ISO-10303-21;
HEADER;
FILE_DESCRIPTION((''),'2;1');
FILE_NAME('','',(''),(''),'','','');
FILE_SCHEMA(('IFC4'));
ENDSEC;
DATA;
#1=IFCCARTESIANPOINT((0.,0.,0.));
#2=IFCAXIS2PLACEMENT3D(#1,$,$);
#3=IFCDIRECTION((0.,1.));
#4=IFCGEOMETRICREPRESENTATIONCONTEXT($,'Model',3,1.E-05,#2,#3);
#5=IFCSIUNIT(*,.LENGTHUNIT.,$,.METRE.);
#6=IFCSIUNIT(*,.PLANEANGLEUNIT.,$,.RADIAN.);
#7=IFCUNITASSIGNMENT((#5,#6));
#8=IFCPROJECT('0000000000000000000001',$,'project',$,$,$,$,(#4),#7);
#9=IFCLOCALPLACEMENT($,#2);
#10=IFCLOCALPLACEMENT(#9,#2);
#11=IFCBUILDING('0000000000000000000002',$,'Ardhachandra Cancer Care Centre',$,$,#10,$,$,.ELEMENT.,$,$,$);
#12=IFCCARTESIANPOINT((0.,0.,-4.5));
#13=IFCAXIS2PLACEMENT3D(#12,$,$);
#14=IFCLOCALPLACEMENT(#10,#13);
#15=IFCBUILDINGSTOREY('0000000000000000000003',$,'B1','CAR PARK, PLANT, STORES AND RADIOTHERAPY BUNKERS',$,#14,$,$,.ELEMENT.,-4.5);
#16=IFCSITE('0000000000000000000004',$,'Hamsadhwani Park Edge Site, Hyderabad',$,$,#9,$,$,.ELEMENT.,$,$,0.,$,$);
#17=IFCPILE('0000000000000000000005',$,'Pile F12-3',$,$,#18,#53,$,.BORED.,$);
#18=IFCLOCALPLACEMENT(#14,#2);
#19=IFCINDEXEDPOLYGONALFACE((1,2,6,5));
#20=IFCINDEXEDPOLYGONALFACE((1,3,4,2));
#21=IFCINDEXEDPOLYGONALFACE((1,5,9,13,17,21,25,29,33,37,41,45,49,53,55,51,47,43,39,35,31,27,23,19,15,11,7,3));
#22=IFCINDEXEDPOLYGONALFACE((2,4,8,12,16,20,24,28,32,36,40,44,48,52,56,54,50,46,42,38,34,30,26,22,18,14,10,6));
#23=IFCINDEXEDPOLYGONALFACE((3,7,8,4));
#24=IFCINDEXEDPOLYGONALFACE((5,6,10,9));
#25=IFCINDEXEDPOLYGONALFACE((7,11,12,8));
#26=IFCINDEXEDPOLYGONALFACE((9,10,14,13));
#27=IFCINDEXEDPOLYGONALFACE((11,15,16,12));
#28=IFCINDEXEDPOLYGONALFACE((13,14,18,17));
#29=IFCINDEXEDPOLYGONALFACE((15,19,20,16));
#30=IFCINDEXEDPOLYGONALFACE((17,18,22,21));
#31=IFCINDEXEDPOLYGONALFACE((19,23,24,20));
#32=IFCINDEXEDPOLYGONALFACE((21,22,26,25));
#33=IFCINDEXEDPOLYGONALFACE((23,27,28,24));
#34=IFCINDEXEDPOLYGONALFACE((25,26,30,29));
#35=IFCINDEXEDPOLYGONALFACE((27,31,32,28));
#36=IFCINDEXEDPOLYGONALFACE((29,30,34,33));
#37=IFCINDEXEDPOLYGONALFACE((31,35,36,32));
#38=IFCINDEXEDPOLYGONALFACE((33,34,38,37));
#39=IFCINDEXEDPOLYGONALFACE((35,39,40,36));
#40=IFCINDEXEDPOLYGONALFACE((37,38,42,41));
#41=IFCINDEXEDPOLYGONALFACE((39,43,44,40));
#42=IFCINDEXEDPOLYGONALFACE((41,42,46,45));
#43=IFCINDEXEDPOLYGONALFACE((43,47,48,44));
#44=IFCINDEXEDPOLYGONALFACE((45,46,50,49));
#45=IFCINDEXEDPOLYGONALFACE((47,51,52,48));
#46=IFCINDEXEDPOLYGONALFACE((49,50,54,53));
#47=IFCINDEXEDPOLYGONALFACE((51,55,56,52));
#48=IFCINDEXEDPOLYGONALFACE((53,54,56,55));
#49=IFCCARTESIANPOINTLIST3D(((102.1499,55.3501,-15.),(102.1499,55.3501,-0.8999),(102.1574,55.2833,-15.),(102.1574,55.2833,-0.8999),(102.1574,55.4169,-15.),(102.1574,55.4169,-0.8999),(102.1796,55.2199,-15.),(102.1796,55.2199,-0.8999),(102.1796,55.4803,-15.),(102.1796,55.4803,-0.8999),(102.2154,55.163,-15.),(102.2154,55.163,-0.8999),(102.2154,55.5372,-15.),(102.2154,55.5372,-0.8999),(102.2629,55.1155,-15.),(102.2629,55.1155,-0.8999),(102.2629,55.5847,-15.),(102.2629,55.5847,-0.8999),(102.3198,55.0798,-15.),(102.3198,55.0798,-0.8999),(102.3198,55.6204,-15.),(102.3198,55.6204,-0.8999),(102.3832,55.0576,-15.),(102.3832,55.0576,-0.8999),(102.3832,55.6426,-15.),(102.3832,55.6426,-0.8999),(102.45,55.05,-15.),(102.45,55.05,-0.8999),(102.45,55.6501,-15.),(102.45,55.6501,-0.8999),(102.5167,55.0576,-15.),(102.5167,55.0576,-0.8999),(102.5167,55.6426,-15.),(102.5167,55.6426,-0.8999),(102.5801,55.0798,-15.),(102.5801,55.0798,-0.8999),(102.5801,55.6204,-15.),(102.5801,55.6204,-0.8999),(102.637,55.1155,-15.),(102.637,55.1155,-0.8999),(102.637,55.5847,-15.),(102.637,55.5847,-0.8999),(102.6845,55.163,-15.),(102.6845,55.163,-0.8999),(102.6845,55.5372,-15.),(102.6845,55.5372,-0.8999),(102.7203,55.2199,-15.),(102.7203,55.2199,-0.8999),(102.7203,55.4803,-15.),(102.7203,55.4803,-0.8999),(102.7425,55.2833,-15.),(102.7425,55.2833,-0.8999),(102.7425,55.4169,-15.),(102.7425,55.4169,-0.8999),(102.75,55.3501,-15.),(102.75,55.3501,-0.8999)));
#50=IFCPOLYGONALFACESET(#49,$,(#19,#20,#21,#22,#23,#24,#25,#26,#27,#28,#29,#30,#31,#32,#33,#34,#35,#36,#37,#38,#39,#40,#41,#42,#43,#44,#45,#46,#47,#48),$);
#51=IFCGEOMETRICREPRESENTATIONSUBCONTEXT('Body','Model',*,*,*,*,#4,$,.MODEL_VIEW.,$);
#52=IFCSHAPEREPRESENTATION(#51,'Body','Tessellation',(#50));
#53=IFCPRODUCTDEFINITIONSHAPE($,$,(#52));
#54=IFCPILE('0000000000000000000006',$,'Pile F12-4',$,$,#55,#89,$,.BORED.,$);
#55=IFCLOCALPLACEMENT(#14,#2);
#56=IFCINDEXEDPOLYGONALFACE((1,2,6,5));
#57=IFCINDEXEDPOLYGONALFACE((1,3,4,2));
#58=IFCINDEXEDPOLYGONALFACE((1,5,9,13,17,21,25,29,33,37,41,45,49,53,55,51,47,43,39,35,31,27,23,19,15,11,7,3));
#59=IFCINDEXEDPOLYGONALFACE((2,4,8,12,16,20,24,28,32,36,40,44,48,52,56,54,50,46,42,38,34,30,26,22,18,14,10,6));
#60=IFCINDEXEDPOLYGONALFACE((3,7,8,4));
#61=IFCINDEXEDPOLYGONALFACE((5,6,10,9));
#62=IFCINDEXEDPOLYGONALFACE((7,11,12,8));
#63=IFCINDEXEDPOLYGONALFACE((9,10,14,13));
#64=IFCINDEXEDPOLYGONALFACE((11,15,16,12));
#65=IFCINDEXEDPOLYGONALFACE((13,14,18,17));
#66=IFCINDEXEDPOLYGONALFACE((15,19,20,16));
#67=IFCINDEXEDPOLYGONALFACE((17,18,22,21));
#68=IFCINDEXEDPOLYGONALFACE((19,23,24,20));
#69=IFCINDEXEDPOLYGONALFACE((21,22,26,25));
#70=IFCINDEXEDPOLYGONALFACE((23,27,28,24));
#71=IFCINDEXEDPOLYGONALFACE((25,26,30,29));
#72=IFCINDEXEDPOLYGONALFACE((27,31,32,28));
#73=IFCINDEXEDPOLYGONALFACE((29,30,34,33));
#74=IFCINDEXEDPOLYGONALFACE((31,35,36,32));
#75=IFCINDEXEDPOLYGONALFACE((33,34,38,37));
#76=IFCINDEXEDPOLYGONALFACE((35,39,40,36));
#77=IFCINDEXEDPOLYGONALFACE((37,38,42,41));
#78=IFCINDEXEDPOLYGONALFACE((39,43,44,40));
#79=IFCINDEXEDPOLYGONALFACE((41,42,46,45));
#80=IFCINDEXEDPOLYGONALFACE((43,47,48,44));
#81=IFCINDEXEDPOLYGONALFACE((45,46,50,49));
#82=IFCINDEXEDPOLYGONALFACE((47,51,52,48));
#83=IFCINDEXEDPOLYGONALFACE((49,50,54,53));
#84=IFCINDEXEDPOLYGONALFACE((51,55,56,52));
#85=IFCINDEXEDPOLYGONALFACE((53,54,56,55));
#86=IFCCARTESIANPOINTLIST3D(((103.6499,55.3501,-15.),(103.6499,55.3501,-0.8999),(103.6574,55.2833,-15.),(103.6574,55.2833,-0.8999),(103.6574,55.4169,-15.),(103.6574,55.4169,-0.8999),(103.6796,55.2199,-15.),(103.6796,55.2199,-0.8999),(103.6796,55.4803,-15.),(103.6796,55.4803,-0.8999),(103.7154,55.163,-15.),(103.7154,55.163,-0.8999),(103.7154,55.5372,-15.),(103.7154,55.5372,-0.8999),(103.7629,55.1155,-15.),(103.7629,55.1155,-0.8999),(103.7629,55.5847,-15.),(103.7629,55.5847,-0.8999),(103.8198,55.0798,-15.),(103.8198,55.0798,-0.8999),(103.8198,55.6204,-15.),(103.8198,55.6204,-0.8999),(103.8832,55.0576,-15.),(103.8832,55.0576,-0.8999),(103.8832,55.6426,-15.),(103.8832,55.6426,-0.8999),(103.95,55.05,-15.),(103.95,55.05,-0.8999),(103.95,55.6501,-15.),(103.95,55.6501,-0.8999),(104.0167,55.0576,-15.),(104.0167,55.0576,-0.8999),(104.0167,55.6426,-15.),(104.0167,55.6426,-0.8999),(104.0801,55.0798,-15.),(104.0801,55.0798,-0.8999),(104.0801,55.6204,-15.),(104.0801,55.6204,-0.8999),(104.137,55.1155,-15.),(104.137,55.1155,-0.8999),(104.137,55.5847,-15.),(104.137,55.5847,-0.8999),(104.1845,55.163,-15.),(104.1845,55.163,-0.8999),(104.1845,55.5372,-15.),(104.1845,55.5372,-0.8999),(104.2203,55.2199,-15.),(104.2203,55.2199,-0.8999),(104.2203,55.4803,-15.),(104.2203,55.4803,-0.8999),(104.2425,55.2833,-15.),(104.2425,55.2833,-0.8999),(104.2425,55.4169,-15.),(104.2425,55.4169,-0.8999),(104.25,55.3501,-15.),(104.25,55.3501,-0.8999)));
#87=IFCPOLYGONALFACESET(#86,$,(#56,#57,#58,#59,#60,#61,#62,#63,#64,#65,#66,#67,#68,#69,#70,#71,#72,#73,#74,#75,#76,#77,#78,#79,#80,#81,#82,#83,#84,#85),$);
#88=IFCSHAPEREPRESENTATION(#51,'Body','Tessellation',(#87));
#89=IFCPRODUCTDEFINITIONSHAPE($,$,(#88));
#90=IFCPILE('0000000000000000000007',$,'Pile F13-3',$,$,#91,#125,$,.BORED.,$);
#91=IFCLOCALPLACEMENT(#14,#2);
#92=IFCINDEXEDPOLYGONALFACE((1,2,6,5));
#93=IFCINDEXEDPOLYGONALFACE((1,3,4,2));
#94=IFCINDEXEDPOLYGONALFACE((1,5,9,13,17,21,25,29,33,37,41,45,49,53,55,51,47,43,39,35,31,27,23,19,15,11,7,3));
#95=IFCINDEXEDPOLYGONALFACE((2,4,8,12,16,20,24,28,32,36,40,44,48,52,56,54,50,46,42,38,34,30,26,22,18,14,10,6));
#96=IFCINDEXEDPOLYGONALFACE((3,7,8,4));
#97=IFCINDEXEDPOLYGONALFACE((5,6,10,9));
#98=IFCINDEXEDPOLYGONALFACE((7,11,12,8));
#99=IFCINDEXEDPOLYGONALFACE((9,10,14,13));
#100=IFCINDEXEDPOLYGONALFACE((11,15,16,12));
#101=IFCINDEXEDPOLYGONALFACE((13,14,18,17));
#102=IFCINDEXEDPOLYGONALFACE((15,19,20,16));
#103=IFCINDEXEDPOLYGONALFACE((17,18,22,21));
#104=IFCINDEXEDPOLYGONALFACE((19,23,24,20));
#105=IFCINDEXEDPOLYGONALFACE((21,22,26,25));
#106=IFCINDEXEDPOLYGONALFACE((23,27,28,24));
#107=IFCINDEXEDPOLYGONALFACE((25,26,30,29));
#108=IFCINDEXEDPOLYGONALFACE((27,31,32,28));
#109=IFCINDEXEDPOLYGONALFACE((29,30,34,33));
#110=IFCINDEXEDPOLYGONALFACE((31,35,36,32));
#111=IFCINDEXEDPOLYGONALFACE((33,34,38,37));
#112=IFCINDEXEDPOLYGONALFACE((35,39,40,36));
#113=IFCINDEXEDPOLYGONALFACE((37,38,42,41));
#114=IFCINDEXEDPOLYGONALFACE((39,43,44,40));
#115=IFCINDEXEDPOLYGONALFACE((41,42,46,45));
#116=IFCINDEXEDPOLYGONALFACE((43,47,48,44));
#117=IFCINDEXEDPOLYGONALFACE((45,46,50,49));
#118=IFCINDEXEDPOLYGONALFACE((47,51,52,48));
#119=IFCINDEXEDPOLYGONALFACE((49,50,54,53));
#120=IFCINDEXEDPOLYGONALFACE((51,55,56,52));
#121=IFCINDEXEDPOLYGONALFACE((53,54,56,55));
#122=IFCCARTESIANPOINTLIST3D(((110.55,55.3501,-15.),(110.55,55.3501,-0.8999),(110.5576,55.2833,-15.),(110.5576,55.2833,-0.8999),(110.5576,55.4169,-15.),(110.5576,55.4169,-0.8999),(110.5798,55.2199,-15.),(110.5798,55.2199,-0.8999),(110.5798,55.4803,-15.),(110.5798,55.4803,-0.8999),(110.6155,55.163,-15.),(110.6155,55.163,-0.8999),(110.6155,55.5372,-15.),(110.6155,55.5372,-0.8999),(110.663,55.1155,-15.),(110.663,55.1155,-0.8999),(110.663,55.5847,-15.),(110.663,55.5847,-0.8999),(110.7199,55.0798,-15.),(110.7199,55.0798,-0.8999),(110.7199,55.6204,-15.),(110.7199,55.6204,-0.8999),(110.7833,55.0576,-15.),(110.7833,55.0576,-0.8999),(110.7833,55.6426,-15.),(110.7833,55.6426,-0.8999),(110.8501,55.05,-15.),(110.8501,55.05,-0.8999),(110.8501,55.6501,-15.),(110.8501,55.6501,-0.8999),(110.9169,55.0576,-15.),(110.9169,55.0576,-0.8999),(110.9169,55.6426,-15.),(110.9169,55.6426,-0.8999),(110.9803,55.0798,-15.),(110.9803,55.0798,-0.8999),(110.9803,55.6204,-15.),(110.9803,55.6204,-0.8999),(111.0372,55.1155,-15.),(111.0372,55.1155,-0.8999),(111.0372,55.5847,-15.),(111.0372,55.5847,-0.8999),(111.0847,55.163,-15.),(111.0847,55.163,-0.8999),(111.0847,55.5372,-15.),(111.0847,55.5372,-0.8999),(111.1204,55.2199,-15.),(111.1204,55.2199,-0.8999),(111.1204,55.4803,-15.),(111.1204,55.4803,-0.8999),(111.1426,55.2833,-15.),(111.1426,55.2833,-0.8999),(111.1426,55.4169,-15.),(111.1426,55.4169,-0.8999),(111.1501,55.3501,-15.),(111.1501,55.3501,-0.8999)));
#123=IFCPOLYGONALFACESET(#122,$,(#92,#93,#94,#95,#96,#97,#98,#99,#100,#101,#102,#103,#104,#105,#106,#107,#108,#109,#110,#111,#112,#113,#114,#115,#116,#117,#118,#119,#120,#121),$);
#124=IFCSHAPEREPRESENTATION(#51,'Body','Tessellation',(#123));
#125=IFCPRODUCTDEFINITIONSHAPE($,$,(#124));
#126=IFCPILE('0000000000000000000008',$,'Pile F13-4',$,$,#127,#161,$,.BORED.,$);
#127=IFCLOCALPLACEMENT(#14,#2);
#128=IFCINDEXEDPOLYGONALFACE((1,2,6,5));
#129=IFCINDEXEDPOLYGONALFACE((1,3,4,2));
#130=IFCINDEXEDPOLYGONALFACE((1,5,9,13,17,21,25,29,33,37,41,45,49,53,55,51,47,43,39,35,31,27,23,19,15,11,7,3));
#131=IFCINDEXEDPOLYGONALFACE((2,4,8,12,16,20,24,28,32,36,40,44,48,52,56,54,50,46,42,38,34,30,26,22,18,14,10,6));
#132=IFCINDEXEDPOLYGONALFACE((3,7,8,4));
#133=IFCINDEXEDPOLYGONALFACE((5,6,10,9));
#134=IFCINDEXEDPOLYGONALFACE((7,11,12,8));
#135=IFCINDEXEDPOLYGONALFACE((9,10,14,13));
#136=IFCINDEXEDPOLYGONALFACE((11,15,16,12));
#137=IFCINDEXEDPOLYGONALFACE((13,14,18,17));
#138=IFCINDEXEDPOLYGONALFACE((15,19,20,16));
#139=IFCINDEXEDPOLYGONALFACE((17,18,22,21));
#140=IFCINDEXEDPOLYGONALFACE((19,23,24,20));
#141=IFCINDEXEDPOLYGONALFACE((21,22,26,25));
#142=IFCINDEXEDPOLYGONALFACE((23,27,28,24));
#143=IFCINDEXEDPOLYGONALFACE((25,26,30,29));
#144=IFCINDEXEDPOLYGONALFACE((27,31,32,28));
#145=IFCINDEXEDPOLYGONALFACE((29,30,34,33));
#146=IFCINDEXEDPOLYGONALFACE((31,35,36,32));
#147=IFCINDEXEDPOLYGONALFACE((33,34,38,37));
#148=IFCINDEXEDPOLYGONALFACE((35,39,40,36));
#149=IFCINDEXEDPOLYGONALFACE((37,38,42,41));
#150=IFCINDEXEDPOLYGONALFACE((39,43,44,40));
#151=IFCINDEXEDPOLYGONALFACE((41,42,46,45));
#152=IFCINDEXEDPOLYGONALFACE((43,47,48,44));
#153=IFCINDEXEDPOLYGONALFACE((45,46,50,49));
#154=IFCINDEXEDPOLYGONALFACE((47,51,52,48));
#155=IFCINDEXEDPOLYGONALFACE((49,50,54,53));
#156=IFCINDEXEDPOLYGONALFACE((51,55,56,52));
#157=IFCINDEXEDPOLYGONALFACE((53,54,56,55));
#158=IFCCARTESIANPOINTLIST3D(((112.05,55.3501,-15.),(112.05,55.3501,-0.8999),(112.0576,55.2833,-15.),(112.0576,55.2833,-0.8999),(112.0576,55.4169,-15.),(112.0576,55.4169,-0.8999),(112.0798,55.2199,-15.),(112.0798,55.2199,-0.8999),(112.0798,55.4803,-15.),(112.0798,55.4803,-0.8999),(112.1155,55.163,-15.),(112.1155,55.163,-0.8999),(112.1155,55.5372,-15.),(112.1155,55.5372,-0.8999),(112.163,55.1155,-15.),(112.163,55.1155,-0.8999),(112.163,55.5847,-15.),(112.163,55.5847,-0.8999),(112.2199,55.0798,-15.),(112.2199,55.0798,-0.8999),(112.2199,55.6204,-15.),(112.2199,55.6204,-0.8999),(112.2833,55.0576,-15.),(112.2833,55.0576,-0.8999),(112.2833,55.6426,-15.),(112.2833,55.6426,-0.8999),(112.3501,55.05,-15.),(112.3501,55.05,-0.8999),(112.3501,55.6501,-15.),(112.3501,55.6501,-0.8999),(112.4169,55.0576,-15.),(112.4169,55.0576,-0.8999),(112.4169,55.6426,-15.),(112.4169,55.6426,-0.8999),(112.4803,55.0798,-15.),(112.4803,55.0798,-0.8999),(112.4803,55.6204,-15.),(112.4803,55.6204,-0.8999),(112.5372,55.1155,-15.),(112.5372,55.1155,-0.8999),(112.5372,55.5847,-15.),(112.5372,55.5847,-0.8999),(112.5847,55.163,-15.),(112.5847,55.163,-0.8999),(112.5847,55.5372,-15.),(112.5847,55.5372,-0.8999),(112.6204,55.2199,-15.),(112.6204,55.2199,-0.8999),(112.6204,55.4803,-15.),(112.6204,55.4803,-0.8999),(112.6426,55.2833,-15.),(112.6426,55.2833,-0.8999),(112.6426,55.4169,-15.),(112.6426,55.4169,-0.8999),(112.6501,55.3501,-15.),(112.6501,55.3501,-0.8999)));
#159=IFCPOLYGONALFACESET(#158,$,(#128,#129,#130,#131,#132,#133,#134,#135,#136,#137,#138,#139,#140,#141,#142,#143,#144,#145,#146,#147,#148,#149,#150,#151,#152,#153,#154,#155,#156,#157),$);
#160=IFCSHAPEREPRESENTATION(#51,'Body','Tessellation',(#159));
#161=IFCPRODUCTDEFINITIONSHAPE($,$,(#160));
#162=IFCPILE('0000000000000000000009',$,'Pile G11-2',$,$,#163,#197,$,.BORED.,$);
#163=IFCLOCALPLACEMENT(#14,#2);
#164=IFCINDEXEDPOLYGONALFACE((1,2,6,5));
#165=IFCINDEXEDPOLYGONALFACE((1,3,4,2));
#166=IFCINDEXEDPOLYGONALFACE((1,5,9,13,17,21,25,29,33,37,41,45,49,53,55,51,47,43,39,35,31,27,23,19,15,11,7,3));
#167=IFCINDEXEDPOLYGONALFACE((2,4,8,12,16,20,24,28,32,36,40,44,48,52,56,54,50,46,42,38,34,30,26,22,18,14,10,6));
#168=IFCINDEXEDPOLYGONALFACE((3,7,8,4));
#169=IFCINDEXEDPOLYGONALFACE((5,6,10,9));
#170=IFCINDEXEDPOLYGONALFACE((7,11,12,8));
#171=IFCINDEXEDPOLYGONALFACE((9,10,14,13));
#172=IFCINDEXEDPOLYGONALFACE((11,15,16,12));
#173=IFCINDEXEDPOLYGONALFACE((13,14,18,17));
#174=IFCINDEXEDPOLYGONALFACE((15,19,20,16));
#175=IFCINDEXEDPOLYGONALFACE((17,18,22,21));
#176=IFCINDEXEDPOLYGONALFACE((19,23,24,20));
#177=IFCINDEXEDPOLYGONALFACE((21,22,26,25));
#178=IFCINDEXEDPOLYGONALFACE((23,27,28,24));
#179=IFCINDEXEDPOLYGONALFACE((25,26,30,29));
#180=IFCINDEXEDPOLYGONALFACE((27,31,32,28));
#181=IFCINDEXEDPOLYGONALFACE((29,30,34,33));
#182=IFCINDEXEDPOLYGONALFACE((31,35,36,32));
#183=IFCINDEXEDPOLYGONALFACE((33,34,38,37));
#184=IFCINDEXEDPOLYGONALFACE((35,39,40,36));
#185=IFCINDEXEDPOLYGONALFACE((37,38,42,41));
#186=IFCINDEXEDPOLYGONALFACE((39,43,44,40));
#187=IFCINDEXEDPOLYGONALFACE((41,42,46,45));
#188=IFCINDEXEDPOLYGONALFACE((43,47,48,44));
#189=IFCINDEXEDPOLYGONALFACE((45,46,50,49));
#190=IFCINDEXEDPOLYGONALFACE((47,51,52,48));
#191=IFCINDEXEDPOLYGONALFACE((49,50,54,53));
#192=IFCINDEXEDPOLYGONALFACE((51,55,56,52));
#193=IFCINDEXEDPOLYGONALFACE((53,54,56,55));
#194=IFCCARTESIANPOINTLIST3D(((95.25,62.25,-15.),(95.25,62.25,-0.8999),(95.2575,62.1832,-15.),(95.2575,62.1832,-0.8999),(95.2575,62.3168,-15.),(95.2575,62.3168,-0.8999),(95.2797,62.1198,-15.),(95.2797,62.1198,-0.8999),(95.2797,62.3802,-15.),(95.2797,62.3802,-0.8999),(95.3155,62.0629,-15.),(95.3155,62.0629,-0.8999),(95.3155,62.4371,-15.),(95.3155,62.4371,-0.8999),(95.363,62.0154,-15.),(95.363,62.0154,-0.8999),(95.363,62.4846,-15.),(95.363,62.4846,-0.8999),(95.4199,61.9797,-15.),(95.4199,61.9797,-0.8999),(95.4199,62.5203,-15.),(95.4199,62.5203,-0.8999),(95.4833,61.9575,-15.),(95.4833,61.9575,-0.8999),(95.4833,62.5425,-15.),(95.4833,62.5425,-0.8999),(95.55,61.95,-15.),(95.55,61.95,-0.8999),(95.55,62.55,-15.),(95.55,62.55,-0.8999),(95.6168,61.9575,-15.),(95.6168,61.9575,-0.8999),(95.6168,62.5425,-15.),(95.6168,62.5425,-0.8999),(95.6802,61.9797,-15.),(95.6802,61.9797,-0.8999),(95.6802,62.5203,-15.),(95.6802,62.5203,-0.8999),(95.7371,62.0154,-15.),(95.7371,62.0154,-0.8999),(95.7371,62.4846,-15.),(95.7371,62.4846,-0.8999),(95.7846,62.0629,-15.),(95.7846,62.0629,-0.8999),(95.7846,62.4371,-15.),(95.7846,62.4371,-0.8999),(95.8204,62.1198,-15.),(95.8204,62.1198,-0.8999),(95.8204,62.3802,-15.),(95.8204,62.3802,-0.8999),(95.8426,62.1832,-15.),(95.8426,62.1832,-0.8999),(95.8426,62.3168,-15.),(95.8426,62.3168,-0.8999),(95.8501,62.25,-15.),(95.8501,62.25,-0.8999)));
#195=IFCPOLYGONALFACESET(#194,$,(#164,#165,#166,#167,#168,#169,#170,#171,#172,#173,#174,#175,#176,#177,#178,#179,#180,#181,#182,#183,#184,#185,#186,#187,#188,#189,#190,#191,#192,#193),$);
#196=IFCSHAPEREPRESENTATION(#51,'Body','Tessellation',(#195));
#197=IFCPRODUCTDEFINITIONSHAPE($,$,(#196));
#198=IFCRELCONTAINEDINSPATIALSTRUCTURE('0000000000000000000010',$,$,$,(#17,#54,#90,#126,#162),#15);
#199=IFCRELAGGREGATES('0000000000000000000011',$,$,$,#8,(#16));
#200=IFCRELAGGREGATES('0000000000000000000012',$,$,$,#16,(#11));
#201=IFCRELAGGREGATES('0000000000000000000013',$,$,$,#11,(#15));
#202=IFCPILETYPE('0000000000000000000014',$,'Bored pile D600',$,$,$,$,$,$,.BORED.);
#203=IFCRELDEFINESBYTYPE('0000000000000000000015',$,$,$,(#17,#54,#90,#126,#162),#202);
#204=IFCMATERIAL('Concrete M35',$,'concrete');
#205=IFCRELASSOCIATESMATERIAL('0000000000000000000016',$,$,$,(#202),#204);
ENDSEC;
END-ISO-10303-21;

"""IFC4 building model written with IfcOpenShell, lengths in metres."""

from ifc_helpers import new_model, si_unit, direction, frame, origin, origin_2d, place, context, subcontext, project, spatial, circle, extrude, material, material_profile, profile_set, type_object, element, save


model = new_model("IFC4")

# Units and contexts
model_context = context("Model", 3, precision=1e-05, world=origin(), true_north=direction((0.0, 1.0)))
body_context = subcontext(model_context, "Body", "Model", "MODEL_VIEW")
ifc_project = project(units=[si_unit("LENGTHUNIT", "METRE"), si_unit("PLANEANGLEUNIT", "RADIAN")], contexts=[model_context])

# Site, building, storey
site_placement = place(None, origin())
site = spatial("IfcSite", under=ifc_project, at=site_placement, Name="Hamsadhwani Park Edge Site, Hyderabad", CompositionType="ELEMENT", RefElevation=0.0)
building_placement = place(site_placement, origin())
building = spatial("IfcBuilding", under=site, at=building_placement, Name="Ardhachandra Cancer Care Centre", CompositionType="ELEMENT")
storey_placement = place(building_placement, frame((0.0, 0.0, -4.5)))
storey = spatial("IfcBuildingStorey", under=building, at=storey_placement, Name="B1", Description="CAR PARK, PLANT, STORES AND RADIOTHERAPY BUNKERS", CompositionType="ELEMENT", Elevation=-4.5)

# Piles
ifc_material_1 = material(Name="Concrete M35", Category="concrete")
ifc_material_profile_1 = material_profile(ifc_material_1, circle(Radius=0.3, at=origin_2d()), Name="D600")
ifc_profile_set_1 = profile_set([ifc_material_profile_1], Name="Concrete M35")
pile_type = type_object("IfcPileType", Name="Bored pile D600", PredefinedType="BORED", material=ifc_profile_set_1)
for number, where, z_axis, x_axis, name in (
    (1, (102.45, 55.3501, -0.8999), (0.0, 0.0, -1.0), (1.0, 0.0, 0.0), "Pile F12-3"),
    (2, (103.95, 55.3501, -0.8999), (0.0, 0.0, -1.0), (1.0, 0.0, 0.0), "Pile F12-4"),
    (3, (110.8501, 55.3501, -0.8999), (0.0, 0.0, -1.0), (1.0, 0.0, 0.0), "Pile F13-3"),
    (4, (112.3501, 55.3501, -0.8999), (0.0, 0.0, -1.0), (1.0, 0.0, 0.0), "Pile F13-4"),
    (5, (95.55, 62.25, -0.8999), (0.0, 0.0, -1.0), (1.0, 0.0, 0.0), "Pile G11-2"),
):
    element("IfcPile", number, at=place(storey_placement, frame(where, z_axis=z_axis, x_axis=x_axis)), inside=storey, type_object=pile_type, Name=name, PredefinedType="BORED", context=body_context, shape_type="SweptSolid", body=[
        extrude(circle(Radius=0.3, at=origin_2d()), origin(), (0.0, 0.0, 1.0), 14.1001),
    ])

save(model, "model.ifc")
